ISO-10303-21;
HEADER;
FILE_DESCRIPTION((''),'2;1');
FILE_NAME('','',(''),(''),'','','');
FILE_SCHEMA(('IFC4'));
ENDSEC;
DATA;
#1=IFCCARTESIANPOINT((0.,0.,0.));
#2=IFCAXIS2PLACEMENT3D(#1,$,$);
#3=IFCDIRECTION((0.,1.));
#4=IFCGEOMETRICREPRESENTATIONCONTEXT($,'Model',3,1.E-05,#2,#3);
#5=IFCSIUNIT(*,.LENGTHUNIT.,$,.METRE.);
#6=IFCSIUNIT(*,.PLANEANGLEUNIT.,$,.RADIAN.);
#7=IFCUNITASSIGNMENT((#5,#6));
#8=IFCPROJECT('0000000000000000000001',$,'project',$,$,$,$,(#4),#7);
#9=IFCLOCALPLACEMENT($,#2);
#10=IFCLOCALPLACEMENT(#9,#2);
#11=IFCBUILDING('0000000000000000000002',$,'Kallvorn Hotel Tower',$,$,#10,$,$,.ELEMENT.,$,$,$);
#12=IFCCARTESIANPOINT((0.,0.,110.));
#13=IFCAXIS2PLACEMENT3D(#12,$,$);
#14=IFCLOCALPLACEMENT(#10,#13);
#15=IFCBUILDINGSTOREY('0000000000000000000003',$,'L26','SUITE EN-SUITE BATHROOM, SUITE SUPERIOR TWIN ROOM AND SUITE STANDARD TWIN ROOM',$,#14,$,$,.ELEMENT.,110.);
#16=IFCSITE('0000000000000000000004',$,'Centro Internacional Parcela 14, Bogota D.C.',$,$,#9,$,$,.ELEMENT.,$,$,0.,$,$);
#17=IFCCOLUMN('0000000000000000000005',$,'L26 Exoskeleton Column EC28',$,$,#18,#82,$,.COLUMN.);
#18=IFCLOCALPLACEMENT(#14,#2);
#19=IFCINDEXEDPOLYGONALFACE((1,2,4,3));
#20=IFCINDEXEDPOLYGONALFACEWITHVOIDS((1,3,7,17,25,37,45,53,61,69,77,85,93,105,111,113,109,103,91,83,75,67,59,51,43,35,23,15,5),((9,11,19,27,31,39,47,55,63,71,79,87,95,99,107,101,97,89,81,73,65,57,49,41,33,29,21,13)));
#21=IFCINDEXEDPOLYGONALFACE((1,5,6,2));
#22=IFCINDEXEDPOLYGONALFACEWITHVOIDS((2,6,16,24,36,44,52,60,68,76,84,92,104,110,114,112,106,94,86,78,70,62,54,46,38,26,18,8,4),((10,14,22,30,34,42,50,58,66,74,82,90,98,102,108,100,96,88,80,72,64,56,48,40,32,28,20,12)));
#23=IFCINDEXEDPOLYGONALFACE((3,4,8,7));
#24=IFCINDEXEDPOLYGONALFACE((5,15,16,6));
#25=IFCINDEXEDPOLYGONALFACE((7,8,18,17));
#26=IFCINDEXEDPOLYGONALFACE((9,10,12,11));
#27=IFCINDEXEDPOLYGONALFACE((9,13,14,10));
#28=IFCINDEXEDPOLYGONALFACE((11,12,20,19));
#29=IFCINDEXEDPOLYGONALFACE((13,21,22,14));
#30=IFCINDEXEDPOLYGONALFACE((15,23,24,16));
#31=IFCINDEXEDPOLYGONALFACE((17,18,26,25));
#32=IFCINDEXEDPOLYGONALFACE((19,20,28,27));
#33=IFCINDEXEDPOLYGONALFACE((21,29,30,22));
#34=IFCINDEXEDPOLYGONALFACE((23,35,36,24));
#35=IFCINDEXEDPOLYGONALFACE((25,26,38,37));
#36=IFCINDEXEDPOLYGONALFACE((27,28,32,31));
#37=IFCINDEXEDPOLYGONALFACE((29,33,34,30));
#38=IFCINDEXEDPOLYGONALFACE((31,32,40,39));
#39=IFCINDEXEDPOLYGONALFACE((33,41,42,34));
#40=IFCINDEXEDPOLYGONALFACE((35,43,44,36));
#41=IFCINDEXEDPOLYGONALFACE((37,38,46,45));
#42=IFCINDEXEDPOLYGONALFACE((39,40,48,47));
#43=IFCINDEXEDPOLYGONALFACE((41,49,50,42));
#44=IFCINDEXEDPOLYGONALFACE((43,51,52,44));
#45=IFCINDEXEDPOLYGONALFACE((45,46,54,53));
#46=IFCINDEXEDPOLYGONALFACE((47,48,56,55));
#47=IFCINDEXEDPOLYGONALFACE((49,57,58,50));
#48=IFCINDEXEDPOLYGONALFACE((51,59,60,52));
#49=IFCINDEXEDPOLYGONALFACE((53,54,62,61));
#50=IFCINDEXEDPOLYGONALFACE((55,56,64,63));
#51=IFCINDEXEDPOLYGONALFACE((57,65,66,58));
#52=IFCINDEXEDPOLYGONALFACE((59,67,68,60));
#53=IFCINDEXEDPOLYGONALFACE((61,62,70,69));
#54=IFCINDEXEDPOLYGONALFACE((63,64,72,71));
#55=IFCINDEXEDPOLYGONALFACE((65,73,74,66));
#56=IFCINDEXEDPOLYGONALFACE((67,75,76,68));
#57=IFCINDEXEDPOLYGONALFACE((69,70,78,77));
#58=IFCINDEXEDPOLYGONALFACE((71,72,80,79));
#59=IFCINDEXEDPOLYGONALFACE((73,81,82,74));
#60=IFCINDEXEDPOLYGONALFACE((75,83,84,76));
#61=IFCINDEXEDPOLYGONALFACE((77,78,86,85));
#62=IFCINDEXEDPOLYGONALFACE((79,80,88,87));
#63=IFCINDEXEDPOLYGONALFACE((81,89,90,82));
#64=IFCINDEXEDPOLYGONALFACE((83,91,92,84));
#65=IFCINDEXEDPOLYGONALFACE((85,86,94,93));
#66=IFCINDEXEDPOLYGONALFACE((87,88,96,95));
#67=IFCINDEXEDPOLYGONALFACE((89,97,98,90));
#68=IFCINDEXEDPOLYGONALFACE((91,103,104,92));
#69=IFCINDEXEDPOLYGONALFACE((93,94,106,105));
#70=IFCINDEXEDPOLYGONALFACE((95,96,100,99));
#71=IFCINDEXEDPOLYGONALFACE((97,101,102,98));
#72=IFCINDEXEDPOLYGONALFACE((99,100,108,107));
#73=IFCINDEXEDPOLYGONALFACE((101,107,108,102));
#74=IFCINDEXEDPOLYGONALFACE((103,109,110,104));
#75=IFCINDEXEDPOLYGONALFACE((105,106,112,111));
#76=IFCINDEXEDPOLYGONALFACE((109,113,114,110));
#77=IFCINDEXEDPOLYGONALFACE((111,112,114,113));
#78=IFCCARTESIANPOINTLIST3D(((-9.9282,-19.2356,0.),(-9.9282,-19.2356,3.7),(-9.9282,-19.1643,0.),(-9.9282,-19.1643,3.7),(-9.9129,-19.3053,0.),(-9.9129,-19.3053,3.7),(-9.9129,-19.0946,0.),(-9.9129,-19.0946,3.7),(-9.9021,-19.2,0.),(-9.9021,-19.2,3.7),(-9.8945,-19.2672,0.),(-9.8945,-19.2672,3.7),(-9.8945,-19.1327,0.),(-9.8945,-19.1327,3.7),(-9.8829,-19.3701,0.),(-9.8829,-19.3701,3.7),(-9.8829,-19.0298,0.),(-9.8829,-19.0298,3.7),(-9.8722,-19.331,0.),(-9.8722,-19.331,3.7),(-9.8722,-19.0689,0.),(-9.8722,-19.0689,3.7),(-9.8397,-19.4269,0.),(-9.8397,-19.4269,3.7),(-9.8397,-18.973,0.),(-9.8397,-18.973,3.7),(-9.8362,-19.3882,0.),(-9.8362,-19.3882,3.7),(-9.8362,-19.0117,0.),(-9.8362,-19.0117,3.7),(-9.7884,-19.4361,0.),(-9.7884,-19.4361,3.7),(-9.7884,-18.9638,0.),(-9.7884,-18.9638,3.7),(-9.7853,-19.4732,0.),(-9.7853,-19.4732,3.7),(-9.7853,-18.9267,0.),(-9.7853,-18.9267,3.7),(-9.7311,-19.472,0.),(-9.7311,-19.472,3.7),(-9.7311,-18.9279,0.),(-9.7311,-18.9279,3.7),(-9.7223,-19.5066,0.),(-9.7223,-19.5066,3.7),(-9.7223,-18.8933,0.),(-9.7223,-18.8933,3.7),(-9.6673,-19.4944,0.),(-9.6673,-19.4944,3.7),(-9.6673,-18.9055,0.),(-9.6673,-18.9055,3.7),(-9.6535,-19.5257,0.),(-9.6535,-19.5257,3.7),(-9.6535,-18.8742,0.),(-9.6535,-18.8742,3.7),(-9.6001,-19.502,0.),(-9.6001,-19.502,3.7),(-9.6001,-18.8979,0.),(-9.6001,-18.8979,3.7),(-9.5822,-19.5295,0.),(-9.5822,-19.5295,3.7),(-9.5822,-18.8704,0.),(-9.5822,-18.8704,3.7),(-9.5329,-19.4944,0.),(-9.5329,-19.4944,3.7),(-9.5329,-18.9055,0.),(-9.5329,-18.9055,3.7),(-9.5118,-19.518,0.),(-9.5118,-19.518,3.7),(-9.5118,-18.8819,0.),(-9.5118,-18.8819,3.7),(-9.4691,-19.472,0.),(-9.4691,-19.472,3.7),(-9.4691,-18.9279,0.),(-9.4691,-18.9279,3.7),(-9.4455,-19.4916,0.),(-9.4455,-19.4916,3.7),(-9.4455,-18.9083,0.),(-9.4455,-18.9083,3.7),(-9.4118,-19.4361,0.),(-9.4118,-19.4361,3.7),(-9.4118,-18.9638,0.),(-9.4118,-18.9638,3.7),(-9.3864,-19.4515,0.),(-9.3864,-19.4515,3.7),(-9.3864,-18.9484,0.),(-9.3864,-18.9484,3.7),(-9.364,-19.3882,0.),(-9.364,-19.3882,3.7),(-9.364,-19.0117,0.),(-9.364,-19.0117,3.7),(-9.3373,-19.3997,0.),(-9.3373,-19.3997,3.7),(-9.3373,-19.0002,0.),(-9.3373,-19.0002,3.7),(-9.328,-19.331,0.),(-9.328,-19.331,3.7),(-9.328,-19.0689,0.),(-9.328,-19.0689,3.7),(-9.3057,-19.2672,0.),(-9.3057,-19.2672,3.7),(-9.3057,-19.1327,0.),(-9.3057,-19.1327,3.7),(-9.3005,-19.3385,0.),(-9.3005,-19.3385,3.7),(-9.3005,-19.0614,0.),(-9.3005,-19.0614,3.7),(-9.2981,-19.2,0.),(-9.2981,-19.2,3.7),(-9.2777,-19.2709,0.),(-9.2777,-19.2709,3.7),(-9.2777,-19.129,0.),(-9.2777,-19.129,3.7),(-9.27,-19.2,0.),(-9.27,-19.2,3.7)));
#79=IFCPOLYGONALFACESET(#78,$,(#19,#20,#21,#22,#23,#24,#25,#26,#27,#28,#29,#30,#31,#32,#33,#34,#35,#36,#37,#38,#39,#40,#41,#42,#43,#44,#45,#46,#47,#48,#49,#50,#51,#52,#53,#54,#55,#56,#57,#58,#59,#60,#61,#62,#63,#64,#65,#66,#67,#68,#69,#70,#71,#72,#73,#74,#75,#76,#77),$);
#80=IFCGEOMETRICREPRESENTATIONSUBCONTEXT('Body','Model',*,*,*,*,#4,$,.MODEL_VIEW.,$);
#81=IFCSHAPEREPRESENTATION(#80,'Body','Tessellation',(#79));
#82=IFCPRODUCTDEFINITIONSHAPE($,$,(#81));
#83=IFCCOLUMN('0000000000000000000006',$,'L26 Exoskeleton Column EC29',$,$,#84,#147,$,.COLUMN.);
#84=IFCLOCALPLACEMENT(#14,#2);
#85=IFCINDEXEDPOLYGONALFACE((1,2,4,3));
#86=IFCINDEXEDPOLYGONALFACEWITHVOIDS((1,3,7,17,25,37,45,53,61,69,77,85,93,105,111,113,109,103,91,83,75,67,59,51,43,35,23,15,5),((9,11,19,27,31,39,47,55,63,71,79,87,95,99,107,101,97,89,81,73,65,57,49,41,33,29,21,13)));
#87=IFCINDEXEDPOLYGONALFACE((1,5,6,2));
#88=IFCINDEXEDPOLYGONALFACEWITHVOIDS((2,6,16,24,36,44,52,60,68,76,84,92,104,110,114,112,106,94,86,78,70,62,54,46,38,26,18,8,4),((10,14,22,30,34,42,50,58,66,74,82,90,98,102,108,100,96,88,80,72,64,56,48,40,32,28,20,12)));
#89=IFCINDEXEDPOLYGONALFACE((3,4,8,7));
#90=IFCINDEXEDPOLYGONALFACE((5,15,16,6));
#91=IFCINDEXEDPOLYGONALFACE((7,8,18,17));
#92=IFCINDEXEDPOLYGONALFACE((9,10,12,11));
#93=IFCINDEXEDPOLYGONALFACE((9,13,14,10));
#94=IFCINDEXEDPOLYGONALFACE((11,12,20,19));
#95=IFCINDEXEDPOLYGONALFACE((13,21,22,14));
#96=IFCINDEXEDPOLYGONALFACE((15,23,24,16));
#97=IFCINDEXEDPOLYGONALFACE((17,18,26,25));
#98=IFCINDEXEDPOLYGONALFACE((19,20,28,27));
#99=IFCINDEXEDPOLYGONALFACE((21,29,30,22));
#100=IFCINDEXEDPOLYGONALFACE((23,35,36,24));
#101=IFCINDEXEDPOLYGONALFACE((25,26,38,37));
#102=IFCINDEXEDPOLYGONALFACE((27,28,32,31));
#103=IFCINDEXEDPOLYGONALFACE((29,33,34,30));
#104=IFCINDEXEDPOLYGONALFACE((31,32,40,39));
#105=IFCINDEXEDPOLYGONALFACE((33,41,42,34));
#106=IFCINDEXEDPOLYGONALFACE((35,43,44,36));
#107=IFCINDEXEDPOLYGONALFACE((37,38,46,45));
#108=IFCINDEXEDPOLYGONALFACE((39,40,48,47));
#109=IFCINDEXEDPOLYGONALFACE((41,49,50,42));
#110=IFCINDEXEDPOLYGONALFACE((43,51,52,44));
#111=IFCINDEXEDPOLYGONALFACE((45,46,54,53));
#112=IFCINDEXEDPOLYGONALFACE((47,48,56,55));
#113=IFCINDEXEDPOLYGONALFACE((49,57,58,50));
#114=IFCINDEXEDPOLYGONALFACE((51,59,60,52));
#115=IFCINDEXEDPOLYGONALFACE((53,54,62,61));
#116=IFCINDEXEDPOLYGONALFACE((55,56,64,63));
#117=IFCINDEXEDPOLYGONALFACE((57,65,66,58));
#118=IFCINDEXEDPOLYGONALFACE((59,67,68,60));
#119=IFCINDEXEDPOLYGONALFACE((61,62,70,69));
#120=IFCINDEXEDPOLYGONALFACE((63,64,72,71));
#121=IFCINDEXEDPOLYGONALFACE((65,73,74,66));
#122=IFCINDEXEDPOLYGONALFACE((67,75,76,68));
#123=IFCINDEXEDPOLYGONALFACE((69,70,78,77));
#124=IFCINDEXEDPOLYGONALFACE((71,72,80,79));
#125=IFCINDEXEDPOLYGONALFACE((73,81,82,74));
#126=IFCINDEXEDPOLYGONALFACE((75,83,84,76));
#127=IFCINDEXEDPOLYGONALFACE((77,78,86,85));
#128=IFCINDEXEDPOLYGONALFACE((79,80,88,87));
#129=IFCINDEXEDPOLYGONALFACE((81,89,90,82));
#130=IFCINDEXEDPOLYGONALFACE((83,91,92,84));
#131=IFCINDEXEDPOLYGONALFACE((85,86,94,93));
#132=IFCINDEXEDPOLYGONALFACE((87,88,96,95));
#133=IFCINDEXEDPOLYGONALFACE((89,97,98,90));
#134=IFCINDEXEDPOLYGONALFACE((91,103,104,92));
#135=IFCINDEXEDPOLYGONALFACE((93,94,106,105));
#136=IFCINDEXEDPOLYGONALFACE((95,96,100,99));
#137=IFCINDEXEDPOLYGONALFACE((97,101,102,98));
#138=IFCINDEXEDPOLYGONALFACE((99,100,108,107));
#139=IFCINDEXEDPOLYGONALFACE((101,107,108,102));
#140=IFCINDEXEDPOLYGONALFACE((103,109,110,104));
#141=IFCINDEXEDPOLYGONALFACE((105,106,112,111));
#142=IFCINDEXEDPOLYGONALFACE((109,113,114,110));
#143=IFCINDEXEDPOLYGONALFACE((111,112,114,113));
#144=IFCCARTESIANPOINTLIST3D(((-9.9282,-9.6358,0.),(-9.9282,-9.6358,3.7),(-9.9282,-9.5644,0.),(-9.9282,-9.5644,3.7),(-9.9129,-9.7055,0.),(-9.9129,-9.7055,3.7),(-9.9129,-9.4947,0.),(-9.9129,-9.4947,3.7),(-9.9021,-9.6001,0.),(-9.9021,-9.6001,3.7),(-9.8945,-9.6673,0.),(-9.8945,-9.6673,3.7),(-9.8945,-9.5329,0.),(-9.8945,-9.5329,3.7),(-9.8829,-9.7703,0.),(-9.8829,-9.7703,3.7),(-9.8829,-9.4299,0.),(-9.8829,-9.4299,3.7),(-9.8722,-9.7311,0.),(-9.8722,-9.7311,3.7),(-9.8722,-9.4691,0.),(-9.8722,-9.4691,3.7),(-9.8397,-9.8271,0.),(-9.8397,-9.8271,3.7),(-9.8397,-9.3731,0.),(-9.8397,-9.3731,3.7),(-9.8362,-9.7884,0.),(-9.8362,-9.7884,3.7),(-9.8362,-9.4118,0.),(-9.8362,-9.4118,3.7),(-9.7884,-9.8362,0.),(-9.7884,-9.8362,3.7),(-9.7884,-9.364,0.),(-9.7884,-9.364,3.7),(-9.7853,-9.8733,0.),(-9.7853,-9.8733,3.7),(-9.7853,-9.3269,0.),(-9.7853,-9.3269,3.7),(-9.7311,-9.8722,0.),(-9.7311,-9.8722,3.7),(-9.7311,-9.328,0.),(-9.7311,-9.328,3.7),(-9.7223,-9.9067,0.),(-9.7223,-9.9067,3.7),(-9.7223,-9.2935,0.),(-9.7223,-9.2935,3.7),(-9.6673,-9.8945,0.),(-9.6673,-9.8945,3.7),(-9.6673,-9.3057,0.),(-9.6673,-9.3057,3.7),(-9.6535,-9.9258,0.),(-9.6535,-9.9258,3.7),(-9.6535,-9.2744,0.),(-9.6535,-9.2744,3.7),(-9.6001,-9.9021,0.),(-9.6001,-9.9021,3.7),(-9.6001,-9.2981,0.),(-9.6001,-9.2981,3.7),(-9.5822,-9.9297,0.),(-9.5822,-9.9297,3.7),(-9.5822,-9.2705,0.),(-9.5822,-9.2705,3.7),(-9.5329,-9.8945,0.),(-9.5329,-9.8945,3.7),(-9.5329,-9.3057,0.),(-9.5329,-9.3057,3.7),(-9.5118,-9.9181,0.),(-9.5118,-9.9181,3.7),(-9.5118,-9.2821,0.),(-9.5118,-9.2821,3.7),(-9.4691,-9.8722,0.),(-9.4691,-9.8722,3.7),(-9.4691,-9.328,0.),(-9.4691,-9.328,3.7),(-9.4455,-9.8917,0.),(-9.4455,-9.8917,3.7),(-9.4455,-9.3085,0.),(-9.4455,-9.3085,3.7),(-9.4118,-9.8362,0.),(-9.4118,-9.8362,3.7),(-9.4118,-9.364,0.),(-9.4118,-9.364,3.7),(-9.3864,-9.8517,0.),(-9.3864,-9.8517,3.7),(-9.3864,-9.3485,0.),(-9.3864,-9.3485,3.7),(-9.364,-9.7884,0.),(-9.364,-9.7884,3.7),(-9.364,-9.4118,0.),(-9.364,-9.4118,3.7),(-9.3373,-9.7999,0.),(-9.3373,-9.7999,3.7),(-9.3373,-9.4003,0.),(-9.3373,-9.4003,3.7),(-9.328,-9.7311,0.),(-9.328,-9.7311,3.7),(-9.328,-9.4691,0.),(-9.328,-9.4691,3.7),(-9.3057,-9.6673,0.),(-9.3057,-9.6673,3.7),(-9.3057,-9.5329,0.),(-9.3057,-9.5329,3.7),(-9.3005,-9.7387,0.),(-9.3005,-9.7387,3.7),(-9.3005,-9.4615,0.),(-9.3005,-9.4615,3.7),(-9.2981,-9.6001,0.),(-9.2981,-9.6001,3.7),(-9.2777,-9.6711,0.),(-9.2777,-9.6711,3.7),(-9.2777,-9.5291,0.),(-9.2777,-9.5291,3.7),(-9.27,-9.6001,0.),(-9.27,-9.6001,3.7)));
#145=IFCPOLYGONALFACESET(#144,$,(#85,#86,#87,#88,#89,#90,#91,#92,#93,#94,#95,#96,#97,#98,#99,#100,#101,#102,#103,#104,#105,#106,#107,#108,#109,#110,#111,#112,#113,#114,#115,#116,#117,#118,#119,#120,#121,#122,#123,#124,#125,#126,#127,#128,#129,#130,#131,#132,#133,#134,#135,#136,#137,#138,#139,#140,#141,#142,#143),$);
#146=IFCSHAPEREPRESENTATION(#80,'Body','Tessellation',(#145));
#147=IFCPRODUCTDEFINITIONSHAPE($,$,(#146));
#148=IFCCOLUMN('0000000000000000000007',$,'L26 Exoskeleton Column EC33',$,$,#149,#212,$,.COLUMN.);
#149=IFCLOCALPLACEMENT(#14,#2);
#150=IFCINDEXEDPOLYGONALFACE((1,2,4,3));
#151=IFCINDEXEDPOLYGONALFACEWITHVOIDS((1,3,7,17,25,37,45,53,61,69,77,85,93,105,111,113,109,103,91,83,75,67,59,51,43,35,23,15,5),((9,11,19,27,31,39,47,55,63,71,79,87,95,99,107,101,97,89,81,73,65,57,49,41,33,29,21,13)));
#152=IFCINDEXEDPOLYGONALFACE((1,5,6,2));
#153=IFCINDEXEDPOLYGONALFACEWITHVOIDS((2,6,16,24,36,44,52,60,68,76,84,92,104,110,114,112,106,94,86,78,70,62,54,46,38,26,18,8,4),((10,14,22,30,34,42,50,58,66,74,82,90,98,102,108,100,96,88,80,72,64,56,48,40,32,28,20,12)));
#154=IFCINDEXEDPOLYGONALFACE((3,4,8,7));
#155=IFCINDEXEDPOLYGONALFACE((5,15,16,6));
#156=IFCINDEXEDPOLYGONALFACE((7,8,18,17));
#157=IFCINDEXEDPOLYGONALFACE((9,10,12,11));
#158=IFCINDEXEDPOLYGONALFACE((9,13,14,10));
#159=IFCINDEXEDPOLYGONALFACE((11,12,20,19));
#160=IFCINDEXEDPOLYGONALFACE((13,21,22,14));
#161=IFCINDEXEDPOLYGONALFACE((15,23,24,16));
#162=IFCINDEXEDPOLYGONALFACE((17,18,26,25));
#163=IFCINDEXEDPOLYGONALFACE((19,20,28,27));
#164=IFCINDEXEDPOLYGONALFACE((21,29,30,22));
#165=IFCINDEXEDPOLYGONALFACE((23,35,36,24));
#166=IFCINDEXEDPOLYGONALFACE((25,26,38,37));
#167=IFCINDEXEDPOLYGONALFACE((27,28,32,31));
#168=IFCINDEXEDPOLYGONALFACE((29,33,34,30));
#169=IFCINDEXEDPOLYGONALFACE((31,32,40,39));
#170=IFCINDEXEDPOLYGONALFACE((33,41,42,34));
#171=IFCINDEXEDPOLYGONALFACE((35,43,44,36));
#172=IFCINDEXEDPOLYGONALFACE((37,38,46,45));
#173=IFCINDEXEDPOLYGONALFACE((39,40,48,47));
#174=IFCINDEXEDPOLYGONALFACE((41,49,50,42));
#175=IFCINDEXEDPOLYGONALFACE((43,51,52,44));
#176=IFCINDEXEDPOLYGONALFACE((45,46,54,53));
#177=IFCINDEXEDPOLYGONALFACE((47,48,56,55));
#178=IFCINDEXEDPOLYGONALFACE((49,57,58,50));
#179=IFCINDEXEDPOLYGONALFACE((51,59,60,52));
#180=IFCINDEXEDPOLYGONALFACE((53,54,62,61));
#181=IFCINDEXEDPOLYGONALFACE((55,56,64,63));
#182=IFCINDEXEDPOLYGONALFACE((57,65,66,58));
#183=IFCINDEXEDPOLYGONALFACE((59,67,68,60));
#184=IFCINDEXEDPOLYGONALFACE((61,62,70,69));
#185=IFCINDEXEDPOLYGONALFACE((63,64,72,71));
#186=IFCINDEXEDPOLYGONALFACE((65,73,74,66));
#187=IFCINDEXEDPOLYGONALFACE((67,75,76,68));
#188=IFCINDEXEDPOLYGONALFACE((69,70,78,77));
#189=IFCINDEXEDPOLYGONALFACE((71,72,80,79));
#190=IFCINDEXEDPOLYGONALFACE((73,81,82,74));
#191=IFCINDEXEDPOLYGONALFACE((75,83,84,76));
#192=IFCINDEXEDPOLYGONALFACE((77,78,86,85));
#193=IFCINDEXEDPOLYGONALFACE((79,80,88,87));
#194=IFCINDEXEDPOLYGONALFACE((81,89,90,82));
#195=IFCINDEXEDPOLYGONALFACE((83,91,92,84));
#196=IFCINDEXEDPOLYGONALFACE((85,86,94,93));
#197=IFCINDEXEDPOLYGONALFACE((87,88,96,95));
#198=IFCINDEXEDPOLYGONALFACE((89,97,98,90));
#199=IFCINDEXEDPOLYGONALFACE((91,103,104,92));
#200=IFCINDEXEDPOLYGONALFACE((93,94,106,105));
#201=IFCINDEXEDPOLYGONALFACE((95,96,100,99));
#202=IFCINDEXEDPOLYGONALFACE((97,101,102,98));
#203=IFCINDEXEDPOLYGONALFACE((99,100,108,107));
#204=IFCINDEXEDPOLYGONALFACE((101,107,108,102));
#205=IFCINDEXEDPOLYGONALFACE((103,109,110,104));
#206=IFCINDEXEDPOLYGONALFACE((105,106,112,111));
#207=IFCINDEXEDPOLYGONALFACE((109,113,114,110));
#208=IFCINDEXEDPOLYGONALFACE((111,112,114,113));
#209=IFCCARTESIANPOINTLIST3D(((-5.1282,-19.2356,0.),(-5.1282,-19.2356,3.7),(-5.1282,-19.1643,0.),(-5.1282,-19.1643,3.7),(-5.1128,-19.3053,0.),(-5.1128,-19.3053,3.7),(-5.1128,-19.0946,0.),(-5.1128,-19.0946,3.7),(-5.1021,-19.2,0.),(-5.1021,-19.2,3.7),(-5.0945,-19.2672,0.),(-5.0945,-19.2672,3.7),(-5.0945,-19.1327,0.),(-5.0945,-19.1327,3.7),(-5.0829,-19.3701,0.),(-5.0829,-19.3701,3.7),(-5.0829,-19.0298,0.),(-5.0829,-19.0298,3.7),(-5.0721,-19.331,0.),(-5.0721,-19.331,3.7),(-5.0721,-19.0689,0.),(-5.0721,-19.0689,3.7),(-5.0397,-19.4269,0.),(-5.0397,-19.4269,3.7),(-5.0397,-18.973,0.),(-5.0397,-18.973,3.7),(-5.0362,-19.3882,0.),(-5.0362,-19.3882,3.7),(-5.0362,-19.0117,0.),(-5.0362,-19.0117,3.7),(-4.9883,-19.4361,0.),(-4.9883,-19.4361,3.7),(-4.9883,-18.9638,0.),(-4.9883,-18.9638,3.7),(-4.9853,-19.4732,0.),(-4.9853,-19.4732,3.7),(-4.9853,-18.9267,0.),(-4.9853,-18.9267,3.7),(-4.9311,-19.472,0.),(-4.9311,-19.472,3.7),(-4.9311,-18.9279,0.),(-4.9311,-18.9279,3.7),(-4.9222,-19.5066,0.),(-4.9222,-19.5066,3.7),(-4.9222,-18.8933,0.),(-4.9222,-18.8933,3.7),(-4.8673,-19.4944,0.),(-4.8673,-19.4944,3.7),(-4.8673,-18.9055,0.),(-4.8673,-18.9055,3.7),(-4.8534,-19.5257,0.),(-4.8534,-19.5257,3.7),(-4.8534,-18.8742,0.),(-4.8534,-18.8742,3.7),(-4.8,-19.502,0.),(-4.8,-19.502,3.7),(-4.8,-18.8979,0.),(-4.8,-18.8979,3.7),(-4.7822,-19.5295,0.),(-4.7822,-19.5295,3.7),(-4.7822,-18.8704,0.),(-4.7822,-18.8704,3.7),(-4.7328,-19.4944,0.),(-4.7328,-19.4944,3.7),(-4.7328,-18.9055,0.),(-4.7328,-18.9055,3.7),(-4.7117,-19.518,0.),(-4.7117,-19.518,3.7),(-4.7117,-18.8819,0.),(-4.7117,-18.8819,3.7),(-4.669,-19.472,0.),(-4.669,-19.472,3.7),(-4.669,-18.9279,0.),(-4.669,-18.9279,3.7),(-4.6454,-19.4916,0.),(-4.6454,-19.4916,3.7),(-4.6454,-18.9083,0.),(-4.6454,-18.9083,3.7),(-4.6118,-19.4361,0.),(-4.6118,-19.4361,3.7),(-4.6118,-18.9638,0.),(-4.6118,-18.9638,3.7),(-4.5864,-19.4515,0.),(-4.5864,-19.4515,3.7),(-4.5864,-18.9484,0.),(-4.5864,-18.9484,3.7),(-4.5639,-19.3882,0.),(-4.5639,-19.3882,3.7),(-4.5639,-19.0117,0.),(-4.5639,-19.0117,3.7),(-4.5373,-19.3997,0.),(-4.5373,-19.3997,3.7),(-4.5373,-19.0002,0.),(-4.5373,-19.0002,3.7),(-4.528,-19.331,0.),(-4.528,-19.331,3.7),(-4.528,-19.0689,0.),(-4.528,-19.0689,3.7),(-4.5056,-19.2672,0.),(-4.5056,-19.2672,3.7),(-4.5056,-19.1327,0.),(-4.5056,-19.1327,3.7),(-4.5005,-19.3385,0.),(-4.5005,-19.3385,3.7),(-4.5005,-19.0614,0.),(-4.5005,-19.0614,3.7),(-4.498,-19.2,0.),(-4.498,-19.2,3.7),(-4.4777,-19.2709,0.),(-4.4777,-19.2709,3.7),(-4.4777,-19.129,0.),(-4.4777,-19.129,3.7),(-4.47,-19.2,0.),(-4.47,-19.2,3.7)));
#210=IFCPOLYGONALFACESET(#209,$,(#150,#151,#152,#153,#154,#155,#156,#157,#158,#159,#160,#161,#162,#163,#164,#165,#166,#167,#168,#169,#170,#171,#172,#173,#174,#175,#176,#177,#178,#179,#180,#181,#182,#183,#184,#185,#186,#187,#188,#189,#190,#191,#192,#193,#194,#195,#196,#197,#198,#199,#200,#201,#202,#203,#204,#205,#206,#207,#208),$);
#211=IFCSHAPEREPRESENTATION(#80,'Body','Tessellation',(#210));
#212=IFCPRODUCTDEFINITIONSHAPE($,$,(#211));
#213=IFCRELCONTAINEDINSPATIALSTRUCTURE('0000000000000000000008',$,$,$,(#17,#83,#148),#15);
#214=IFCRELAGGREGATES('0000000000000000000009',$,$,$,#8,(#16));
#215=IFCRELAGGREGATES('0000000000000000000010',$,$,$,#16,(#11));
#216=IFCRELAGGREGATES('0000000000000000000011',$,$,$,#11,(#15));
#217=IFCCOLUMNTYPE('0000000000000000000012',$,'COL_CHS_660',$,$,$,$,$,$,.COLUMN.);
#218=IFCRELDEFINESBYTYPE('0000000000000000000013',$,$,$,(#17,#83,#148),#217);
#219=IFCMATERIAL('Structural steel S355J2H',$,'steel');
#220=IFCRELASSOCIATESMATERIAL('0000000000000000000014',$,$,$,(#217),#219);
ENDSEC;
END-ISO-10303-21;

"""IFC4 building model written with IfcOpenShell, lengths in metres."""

from ifc_helpers import new_model, si_unit, direction, frame, origin, origin_2d, place, context, subcontext, project, spatial, hollow_circle, extrude, material, material_profile, profile_set, type_object, element, save


model = new_model("IFC4")

# Units and contexts
model_context = context("Model", 3, precision=1e-05, world=origin(), true_north=direction((0.0, 1.0)))
body_context = subcontext(model_context, "Body", "Model", "MODEL_VIEW")
ifc_project = project(units=[si_unit("LENGTHUNIT", "METRE"), si_unit("PLANEANGLEUNIT", "RADIAN")], contexts=[model_context])

# Site, building, storey
site_placement = place(None, origin())
site = spatial("IfcSite", under=ifc_project, at=site_placement, Name="Centro Internacional Parcela 14, Bogota D.C.", CompositionType="ELEMENT", RefElevation=0.0)
building_placement = place(site_placement, origin())
building = spatial("IfcBuilding", under=site, at=building_placement, Name="Kallvorn Hotel Tower", CompositionType="ELEMENT")
storey_placement = place(building_placement, frame((0.0, 0.0, 110.0)))
storey = spatial("IfcBuildingStorey", under=building, at=storey_placement, Name="L26", Description="SUITE EN-SUITE BATHROOM, SUITE SUPERIOR TWIN ROOM AND SUITE STANDARD TWIN ROOM", CompositionType="ELEMENT", Elevation=110.0)

# Columns
ifc_material_1 = material(Name="Structural steel S355J2H", Category="steel")
ifc_material_profile_1 = material_profile(ifc_material_1, hollow_circle(Radius=0.3301, WallThickness=0.0281, at=origin_2d()), Name="CHS 660x28")
ifc_profile_set_1 = profile_set([ifc_material_profile_1], Name="Structural steel S355J2H")
column_type_1 = type_object("IfcColumnType", Name="COL_CHS_660", PredefinedType="COLUMN", material=ifc_profile_set_1)
for number, where, z_axis, x_axis, name in (
    (1, (-9.6001, -19.2, 0.0), (0.0, 0.0, 1.0), (1.0, 0.0, 0.0), "L26 Exoskeleton Column EC28"),
    (2, (-9.6001, -9.6001, 0.0), (0.0, 0.0, 1.0), (1.0, 0.0, 0.0), "L26 Exoskeleton Column EC29"),
    (3, (-4.8, -19.2, 0.0), (0.0, 0.0, 1.0), (1.0, 0.0, 0.0), "L26 Exoskeleton Column EC33"),
):
    element("IfcColumn", number, at=place(storey_placement, frame(where, z_axis=z_axis, x_axis=x_axis)), inside=storey, type_object=column_type_1, Name=name, PredefinedType="COLUMN", context=body_context, shape_type="SweptSolid", body=[
        extrude(hollow_circle(Radius=0.3301, WallThickness=0.0281, at=origin_2d()), origin(), (0.0, 0.0, 1.0), 3.7),
    ])

save(model, "model.ifc")
